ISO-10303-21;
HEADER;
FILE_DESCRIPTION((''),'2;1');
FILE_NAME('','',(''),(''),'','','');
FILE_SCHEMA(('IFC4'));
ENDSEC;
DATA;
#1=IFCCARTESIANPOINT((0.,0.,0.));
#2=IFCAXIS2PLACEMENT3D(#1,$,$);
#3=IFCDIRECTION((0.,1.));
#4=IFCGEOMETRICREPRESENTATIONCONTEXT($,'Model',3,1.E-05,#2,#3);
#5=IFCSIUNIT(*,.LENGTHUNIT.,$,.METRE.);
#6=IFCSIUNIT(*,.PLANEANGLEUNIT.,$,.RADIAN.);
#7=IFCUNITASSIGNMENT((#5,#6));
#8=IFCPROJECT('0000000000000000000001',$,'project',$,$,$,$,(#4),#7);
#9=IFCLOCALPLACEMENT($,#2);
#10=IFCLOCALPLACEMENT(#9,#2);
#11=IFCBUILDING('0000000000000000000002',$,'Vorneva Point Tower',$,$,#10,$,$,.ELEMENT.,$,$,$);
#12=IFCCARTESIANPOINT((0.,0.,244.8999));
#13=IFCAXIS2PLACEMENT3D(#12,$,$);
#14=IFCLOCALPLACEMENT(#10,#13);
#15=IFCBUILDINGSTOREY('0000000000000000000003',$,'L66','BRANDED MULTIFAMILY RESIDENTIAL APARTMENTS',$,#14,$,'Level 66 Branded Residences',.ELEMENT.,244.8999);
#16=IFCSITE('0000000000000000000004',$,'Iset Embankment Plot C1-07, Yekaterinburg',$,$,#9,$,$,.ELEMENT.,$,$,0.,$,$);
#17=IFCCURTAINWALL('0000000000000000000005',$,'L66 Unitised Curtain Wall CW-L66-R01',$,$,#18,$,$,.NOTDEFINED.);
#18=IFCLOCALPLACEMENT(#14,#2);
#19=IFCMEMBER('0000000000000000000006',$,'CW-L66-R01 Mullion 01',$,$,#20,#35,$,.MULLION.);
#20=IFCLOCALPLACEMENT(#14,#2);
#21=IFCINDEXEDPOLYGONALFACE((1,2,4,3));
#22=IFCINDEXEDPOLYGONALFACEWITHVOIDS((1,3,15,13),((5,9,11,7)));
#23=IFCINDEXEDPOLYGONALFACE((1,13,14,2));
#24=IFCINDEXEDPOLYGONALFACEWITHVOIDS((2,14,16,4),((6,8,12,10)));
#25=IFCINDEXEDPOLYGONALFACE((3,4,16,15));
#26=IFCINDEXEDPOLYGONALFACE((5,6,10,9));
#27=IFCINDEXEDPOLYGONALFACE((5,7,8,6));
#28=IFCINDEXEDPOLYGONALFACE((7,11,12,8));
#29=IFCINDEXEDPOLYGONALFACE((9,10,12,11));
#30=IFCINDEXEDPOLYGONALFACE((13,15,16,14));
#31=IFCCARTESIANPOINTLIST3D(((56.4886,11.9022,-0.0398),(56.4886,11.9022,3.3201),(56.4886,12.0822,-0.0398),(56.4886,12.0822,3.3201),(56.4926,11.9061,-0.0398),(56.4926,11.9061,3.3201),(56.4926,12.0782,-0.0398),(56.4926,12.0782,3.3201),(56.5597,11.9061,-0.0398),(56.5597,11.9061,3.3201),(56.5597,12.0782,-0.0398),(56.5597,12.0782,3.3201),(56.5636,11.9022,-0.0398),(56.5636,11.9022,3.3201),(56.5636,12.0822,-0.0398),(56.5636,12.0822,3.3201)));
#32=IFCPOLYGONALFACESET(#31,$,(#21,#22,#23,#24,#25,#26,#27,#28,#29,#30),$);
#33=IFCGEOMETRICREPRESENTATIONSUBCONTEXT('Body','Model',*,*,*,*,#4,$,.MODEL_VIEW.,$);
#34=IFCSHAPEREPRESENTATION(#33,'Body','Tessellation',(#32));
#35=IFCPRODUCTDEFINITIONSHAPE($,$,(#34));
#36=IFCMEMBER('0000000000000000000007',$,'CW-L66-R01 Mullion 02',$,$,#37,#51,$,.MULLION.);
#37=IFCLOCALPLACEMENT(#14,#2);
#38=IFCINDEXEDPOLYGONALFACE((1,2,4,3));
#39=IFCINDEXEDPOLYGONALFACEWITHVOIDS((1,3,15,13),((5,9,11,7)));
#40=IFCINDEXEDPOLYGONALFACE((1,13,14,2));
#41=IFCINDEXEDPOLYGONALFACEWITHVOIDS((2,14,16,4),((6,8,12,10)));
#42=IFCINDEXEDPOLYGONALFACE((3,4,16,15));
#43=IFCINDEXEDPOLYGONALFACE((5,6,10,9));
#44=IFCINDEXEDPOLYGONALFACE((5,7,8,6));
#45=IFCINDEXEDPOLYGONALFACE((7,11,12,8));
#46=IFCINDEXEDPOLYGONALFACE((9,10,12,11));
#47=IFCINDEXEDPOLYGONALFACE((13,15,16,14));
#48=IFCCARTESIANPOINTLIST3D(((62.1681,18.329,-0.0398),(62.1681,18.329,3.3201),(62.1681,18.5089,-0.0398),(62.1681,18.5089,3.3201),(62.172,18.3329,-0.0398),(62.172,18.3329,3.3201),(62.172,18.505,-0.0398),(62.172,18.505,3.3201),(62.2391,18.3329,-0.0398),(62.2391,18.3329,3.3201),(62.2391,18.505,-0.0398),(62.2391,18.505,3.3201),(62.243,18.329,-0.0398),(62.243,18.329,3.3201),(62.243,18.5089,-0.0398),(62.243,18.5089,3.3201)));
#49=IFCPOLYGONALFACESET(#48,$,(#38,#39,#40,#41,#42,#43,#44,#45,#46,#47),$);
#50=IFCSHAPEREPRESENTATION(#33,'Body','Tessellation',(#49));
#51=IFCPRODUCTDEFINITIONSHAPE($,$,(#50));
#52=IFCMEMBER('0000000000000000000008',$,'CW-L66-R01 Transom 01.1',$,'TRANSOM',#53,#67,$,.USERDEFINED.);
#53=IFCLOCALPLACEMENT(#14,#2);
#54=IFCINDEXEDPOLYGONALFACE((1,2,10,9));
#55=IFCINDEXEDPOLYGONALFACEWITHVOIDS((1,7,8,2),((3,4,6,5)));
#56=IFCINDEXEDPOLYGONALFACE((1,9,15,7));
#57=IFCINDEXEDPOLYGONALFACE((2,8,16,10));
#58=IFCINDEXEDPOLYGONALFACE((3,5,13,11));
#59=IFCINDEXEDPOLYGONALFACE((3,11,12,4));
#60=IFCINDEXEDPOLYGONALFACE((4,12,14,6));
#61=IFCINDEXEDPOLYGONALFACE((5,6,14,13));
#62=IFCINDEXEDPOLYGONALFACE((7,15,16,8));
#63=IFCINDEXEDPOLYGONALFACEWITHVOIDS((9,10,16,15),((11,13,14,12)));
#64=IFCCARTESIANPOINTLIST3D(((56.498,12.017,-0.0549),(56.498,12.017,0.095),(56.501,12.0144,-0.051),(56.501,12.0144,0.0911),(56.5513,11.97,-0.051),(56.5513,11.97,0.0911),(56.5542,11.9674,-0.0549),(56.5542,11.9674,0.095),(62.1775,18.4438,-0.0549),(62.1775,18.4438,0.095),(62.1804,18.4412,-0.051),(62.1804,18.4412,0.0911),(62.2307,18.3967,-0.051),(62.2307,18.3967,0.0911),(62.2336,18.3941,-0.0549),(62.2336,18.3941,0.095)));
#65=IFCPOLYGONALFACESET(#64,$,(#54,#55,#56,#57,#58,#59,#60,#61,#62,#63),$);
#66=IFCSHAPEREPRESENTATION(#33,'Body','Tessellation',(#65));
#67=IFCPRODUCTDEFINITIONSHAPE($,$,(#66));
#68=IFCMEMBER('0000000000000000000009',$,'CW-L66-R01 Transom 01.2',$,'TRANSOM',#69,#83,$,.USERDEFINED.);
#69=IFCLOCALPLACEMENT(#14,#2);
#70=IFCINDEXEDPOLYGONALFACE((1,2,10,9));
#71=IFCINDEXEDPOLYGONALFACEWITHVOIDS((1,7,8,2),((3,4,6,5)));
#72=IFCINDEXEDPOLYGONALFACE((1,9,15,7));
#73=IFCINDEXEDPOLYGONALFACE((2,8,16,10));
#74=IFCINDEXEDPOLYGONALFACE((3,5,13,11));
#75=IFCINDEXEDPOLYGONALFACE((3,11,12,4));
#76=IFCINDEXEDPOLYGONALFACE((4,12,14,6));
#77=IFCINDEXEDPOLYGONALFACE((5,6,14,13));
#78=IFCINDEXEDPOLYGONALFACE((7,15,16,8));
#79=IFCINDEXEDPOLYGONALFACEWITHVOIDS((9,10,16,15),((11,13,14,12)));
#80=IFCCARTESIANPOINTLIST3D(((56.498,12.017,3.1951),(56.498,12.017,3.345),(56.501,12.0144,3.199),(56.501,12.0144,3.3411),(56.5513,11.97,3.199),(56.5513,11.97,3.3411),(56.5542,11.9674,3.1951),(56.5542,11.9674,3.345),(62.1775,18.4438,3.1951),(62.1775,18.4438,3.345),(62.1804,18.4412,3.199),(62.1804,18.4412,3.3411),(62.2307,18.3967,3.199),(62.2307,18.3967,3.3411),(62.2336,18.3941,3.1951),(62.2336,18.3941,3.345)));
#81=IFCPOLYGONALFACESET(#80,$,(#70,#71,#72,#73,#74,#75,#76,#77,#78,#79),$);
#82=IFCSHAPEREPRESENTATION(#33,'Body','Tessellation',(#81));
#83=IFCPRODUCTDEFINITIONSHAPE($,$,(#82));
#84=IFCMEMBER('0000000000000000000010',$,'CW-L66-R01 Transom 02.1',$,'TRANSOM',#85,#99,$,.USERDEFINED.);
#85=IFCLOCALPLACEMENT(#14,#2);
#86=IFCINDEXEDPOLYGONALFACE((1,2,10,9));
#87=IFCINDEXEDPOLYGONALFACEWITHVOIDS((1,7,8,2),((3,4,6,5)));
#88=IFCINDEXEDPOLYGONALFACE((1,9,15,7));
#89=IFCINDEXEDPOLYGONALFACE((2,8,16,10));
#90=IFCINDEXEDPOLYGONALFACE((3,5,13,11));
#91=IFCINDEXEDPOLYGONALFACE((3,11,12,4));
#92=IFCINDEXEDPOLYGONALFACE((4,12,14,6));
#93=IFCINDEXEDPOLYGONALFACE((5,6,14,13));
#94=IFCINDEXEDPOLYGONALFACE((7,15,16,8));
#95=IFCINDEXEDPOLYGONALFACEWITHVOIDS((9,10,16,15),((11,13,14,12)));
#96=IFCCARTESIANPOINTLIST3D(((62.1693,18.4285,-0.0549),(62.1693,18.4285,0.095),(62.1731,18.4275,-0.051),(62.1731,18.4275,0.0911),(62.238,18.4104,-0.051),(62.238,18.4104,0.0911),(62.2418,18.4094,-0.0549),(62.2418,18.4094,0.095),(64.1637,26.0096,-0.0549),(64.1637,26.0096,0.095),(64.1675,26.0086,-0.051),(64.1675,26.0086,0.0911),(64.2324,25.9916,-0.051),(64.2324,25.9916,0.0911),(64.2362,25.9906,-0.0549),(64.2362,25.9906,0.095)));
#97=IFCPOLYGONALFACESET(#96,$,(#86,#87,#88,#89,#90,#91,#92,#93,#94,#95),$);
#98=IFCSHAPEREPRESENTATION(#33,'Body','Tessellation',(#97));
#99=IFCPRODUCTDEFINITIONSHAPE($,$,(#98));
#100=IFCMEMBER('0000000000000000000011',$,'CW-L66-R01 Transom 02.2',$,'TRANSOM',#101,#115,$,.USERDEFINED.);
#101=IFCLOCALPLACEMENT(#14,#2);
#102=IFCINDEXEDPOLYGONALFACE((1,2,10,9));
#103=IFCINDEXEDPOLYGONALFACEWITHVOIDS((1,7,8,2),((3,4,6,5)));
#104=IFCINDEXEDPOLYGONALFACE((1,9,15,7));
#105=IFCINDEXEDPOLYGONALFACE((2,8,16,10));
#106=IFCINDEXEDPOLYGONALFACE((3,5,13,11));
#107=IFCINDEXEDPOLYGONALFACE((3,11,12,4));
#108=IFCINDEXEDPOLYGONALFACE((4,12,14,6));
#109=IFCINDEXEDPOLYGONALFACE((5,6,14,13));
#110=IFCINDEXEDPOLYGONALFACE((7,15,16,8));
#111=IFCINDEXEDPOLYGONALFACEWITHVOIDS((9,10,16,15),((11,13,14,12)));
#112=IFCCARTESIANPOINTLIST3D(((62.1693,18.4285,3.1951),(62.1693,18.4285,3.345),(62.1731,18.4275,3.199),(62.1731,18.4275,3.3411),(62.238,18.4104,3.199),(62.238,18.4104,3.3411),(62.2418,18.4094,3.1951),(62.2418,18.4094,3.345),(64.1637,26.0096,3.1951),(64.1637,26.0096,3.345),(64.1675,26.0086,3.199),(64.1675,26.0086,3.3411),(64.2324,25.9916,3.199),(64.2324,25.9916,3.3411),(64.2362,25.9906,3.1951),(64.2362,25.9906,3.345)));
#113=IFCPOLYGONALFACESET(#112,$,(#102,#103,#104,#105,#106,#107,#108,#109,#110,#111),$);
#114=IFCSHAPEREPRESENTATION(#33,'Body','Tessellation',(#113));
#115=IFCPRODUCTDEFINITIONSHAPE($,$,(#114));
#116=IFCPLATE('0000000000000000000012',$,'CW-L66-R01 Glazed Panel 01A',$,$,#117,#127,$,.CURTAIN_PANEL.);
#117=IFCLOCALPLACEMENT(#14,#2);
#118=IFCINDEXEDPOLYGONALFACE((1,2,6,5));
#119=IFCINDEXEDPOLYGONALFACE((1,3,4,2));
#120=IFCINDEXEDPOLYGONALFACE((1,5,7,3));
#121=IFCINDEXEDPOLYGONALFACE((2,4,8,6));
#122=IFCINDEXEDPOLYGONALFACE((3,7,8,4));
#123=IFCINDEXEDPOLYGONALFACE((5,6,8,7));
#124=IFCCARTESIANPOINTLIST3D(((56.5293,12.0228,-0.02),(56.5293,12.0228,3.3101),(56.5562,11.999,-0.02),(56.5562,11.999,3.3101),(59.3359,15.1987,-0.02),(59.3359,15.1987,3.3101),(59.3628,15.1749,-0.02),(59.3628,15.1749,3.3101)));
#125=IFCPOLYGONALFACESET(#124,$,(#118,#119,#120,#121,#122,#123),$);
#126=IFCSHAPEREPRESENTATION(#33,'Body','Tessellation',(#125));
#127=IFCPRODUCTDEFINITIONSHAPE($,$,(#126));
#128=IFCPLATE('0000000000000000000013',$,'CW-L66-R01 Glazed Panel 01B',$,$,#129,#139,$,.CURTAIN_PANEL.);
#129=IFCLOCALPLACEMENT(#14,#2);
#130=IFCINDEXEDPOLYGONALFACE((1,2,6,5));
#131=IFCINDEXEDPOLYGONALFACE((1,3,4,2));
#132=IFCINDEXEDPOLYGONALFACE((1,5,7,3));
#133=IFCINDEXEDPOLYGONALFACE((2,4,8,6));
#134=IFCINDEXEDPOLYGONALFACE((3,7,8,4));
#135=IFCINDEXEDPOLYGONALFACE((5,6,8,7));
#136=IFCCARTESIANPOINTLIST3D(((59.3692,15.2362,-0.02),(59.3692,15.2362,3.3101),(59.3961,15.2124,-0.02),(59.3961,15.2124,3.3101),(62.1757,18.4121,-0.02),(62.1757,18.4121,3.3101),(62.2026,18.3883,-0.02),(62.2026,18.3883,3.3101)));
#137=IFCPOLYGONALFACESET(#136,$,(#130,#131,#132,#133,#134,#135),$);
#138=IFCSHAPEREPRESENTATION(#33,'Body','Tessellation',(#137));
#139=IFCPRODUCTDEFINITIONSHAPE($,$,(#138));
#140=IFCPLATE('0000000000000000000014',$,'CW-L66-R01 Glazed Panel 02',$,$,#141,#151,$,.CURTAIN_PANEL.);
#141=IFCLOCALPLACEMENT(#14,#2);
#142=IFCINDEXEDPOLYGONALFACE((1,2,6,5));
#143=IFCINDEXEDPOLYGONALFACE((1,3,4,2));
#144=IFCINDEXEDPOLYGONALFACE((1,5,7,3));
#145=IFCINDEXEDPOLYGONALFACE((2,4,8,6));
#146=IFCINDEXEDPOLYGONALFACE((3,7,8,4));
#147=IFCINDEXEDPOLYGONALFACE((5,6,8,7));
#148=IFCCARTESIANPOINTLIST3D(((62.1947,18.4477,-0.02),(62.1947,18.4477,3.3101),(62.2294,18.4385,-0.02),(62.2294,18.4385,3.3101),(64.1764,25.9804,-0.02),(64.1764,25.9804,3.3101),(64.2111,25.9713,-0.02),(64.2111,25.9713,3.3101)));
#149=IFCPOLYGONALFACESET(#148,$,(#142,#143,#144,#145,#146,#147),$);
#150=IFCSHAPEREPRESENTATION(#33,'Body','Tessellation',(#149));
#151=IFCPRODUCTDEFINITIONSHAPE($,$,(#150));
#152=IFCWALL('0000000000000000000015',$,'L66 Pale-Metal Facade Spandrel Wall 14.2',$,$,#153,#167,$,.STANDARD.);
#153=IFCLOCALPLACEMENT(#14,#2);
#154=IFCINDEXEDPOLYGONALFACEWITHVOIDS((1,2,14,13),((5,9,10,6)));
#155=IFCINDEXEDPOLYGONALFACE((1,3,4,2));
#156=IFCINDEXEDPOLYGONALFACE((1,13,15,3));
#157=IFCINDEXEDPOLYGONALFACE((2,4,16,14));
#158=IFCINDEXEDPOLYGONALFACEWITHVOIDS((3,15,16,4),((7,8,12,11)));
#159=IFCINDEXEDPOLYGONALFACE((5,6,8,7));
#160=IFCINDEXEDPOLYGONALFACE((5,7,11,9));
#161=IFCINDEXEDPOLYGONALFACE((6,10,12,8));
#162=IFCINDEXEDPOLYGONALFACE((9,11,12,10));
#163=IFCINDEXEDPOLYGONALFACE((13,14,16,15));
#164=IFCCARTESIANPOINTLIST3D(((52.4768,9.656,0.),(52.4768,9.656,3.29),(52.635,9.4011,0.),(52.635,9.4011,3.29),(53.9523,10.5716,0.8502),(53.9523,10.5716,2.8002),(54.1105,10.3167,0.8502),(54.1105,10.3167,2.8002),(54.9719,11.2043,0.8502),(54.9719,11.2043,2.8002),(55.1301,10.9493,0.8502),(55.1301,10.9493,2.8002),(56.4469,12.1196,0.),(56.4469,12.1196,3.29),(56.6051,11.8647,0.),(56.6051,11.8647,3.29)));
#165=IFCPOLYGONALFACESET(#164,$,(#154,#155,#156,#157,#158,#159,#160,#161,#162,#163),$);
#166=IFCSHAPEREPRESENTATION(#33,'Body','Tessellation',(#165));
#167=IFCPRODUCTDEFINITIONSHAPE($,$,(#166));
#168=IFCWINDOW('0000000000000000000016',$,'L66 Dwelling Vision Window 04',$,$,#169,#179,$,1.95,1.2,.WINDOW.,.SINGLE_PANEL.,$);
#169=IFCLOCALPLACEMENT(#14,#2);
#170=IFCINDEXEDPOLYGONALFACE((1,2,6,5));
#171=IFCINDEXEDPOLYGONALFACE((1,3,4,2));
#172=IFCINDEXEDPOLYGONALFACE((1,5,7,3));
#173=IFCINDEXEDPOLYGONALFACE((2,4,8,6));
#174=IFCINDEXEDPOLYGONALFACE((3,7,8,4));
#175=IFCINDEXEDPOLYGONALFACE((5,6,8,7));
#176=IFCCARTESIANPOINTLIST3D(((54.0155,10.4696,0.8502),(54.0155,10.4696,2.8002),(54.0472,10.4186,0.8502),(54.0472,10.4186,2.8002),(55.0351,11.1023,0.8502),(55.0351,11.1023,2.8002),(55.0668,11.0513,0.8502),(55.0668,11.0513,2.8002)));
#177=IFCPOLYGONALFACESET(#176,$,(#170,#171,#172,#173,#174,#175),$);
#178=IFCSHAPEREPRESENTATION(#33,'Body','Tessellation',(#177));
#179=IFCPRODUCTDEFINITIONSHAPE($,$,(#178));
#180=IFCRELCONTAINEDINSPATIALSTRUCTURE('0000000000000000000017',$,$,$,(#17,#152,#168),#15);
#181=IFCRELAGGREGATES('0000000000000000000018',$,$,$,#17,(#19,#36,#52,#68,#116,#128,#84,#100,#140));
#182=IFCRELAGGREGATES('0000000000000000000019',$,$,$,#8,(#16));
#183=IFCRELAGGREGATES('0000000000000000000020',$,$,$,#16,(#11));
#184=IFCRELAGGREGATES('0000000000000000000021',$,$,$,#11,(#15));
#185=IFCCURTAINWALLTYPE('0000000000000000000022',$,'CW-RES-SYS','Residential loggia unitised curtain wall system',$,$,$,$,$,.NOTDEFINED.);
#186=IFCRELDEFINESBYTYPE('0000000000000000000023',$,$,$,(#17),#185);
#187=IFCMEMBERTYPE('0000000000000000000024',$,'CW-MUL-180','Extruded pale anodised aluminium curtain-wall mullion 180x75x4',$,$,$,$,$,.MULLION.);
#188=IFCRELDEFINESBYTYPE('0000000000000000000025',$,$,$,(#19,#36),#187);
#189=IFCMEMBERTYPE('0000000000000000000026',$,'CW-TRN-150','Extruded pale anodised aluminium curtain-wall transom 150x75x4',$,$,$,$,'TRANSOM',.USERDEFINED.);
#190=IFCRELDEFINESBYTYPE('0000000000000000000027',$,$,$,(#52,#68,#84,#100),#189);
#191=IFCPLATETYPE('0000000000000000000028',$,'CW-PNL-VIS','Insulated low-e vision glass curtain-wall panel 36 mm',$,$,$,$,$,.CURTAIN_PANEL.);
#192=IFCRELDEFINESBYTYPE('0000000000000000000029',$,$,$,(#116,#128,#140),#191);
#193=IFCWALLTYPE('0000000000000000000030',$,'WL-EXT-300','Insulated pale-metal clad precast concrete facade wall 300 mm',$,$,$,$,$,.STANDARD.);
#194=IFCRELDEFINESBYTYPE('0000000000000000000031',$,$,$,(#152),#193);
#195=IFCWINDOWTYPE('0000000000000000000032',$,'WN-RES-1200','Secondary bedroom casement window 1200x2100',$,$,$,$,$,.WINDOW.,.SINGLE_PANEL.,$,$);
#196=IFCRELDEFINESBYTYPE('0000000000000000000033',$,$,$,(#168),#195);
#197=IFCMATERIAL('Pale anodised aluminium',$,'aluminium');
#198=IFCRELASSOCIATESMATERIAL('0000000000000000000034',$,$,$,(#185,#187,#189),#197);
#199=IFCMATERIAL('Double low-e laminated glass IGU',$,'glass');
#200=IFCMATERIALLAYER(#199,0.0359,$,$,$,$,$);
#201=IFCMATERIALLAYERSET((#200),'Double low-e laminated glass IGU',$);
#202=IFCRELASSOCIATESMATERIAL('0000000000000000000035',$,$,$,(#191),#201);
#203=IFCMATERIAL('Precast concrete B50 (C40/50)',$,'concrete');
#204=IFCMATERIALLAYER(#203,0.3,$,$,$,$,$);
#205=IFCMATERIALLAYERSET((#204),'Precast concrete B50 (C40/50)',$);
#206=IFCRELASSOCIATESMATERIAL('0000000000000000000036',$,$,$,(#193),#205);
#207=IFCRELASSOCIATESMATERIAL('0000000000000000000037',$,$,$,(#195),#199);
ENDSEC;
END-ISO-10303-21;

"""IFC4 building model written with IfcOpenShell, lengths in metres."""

from ifc_helpers import new_model, si_unit, direction, frame, frame_2d, origin, origin_2d, place, context, subcontext, project, spatial, rectangle, hollow_rectangle, extrude, material, layer, layer_set, material_profile, profile_set, type_object, element, fill, aggregate, save


model = new_model("IFC4")

# Units and contexts
model_context = context("Model", 3, precision=1e-05, world=origin(), true_north=direction((0.0, 1.0)))
body_context = subcontext(model_context, "Body", "Model", "MODEL_VIEW")
ifc_project = project(units=[si_unit("LENGTHUNIT", "METRE"), si_unit("PLANEANGLEUNIT", "RADIAN")], contexts=[model_context])

# Site, building, storey
site_placement = place(None, origin())
site = spatial("IfcSite", under=ifc_project, at=site_placement, Name="Iset Embankment Plot C1-07, Yekaterinburg", CompositionType="ELEMENT", RefElevation=0.0)
building_placement = place(site_placement, origin())
building = spatial("IfcBuilding", under=site, at=building_placement, Name="Vorneva Point Tower", CompositionType="ELEMENT")
storey_placement = place(building_placement, frame((0.0, 0.0, 244.8999)))
storey = spatial("IfcBuildingStorey", under=building, at=storey_placement, Name="L66", Description="BRANDED MULTIFAMILY RESIDENTIAL APARTMENTS", LongName="Level 66 Branded Residences", CompositionType="ELEMENT", Elevation=244.8999)

# Curtain wall, members, plates
ifc_material_1 = material(Name="Pale anodised aluminium", Category="aluminium")
curtain_wall_type = type_object("IfcCurtainWallType", Name="CW-RES-SYS", Description="Residential loggia unitised curtain wall system", PredefinedType="NOTDEFINED", material=ifc_material_1)
curtain_wall_placement = place(storey_placement, origin())
curtain_wall = element("IfcCurtainWall", 1, at=curtain_wall_placement, inside=storey, type_object=curtain_wall_type, Name="L66 Unitised Curtain Wall CW-L66-R01", PredefinedType="NOTDEFINED")
ifc_material_profile_1 = material_profile(ifc_material_1, hollow_rectangle(XDim=0.075, YDim=0.1799, WallThickness=0.0039, at=origin_2d()), Name="AL-MUL 180x75x4")
ifc_profile_set_1 = profile_set([ifc_material_profile_1], Name="Pale anodised aluminium")
member_type_1 = type_object("IfcMemberType", Name="CW-MUL-180", Description="Extruded pale anodised aluminium curtain-wall mullion 180x75x4", PredefinedType="MULLION", material=ifc_profile_set_1)
member_1_placement = place(storey_placement, frame((56.5261, 11.9922, -0.0398), z_axis=(0.0, 0.0, 1.0), x_axis=(1.0, 0.0, 0.0)))
member_1 = element("IfcMember", 2, at=member_1_placement, type_object=member_type_1, Name="CW-L66-R01 Mullion 01", PredefinedType="MULLION", context=body_context, shape_type="SweptSolid", body=[
    extrude(hollow_rectangle(XDim=0.075, YDim=0.1799, WallThickness=0.0039, at=origin_2d()), origin(), (0.0, 0.0, 1.0), 3.3599),
])
member_2_placement = place(storey_placement, frame((62.2056, 18.4189, -0.0398), z_axis=(0.0, 0.0, 1.0), x_axis=(1.0, 0.0, 0.0)))
member_2 = element("IfcMember", 3, at=member_2_placement, type_object=member_type_1, Name="CW-L66-R01 Mullion 02", PredefinedType="MULLION", context=body_context, shape_type="SweptSolid", body=[
    extrude(hollow_rectangle(XDim=0.075, YDim=0.1799, WallThickness=0.0039, at=origin_2d()), origin(), (0.0, 0.0, 1.0), 3.3599),
])
ifc_material_profile_2 = material_profile(ifc_material_1, hollow_rectangle(XDim=0.075, YDim=0.1499, WallThickness=0.0039, at=origin_2d()), Name="AL-TRN 150x75x4")
ifc_profile_set_2 = profile_set([ifc_material_profile_2], Name="Pale anodised aluminium")
member_type_2 = type_object("IfcMemberType", Name="CW-TRN-150", Description="Extruded pale anodised aluminium curtain-wall transom 150x75x4", ElementType="TRANSOM", PredefinedType="USERDEFINED", material=ifc_profile_set_2)
member_3_placement = place(storey_placement, frame((56.5261, 11.9922, 0.02), z_axis=(0.662197, 0.74933, 0.0), x_axis=(-0.74933, 0.662197, 0.0)))
member_3 = element("IfcMember", 4, at=member_3_placement, type_object=member_type_2, Name="CW-L66-R01 Transom 01.1", ObjectType="TRANSOM", PredefinedType="USERDEFINED", context=body_context, shape_type="SweptSolid", body=[
    extrude(hollow_rectangle(XDim=0.075, YDim=0.1499, WallThickness=0.0039, at=origin_2d()), origin(), (0.0, 0.0, 1.0), 8.5767),
])
member_4_placement = place(storey_placement, frame((56.5261, 11.9922, 3.27), z_axis=(0.662197, 0.74933, 0.0), x_axis=(-0.74933, 0.662197, 0.0)))
member_4 = element("IfcMember", 5, at=member_4_placement, type_object=member_type_2, Name="CW-L66-R01 Transom 01.2", ObjectType="TRANSOM", PredefinedType="USERDEFINED", context=body_context, shape_type="SweptSolid", body=[
    extrude(hollow_rectangle(XDim=0.075, YDim=0.1499, WallThickness=0.0039, at=origin_2d()), origin(), (0.0, 0.0, 1.0), 8.5767),
])
member_5_placement = place(storey_placement, frame((62.2056, 18.4189, 0.02), z_axis=(0.254418, 0.967094, 0.0), x_axis=(-0.967094, 0.254418, 0.0)))
member_5 = element("IfcMember", 6, at=member_5_placement, type_object=member_type_2, Name="CW-L66-R01 Transom 02.1", ObjectType="TRANSOM", PredefinedType="USERDEFINED", context=body_context, shape_type="SweptSolid", body=[
    extrude(hollow_rectangle(XDim=0.075, YDim=0.1499, WallThickness=0.0039, at=origin_2d()), origin(), (0.0, 0.0, 1.0), 7.8391),
])
member_6_placement = place(storey_placement, frame((62.2056, 18.4189, 3.27), z_axis=(0.254418, 0.967094, 0.0), x_axis=(-0.967094, 0.254418, 0.0)))
member_6 = element("IfcMember", 7, at=member_6_placement, type_object=member_type_2, Name="CW-L66-R01 Transom 02.2", ObjectType="TRANSOM", PredefinedType="USERDEFINED", context=body_context, shape_type="SweptSolid", body=[
    extrude(hollow_rectangle(XDim=0.075, YDim=0.1499, WallThickness=0.0039, at=origin_2d()), origin(), (0.0, 0.0, 1.0), 7.8391),
])
ifc_material_2 = material(Name="Double low-e laminated glass IGU", Category="glass")
ifc_layer_1 = layer(ifc_material_2, 0.0359)
ifc_layer_set_1 = layer_set([ifc_layer_1], Name="Double low-e laminated glass IGU")
plate_type = type_object("IfcPlateType", Name="CW-PNL-VIS", Description="Insulated low-e vision glass curtain-wall panel 36 mm", PredefinedType="CURTAIN_PANEL", material=ifc_layer_set_1)
plate_1_placement = place(storey_placement, frame((57.946, 13.5989, -0.02), z_axis=(0.0, 0.0, 1.0), x_axis=(0.662189, 0.749337, 0.0)))
plate_1 = element("IfcPlate", 8, at=plate_1_placement, type_object=plate_type, Name="CW-L66-R01 Glazed Panel 01A", PredefinedType="CURTAIN_PANEL", context=body_context, shape_type="SweptSolid", body=[
    extrude(rectangle(XDim=4.2383, YDim=0.0359, at=origin_2d()), origin(), (0.0, 0.0, 1.0), 3.3301),
])
plate_2_placement = place(storey_placement, frame((60.7859, 16.8123, -0.02), z_axis=(0.0, 0.0, 1.0), x_axis=(0.662189, 0.749337, 0.0)))
plate_2 = element("IfcPlate", 9, at=plate_2_placement, type_object=plate_type, Name="CW-L66-R01 Glazed Panel 01B", PredefinedType="CURTAIN_PANEL", context=body_context, shape_type="SweptSolid", body=[
    extrude(rectangle(XDim=4.2383, YDim=0.0359, at=origin_2d()), origin(), (0.0, 0.0, 1.0), 3.3301),
])
plate_3_placement = place(storey_placement, frame((63.2029, 22.2095, -0.02), z_axis=(0.0, 0.0, 1.0), x_axis=(0.254416, 0.967095, 0.0)))
plate_3 = element("IfcPlate", 10, at=plate_3_placement, type_object=plate_type, Name="CW-L66-R01 Glazed Panel 02", PredefinedType="CURTAIN_PANEL", context=body_context, shape_type="SweptSolid", body=[
    extrude(rectangle(XDim=7.7891, YDim=0.0359, at=origin_2d()), origin(), (0.0, 0.0, 1.0), 3.3301),
])
aggregate(curtain_wall, [member_1, member_2, member_3, member_4, plate_1, plate_2, member_5, member_6, plate_3])

# Wall, opening, window
ifc_material_3 = material(Name="Precast concrete B50 (C40/50)", Category="concrete")
ifc_layer_2 = layer(ifc_material_3, 0.3)
ifc_layer_set_2 = layer_set([ifc_layer_2], Name="Precast concrete B50 (C40/50)")
wall_type_1 = type_object("IfcWallType", Name="WL-EXT-300", Description="Insulated pale-metal clad precast concrete facade wall 300 mm", PredefinedType="STANDARD", material=ifc_layer_set_2)
wall_1_placement = place(storey_placement, frame((52.5559, 9.5286, 0.0), z_axis=(0.0, 0.0, 1.0), x_axis=(0.849702, 0.527263, 0.0)))
wall_1 = element("IfcWall", 11, at=wall_1_placement, inside=storey, type_object=wall_type_1, Name="L66 Pale-Metal Facade Spandrel Wall 14.2", PredefinedType="STANDARD", context=body_context, shape_type="SweptSolid", body=[
    extrude(rectangle(XDim=4.6724, YDim=0.3, at=frame_2d((2.3362, 0.0))), origin(), (0.0, 0.0, 1.0), 3.29),
])
opening_placement = place(wall_1_placement, frame((1.7363, 0.0, 0.8501)))
opening = element("IfcOpeningElement", 12, at=opening_placement, cuts=wall_1, PredefinedType="OPENING", context=body_context, shape_type="SweptSolid", body=[
    extrude(rectangle(XDim=1.2, YDim=1.95, at=frame_2d((0.6001, 0.9751))), frame((0.0, 0.165, 0.0), z_axis=(0.0, -1.0, 0.0), x_axis=(1.0, 0.0, 0.0)), (0.0, 0.0, 1.0), 0.3298),
])
window_type = type_object("IfcWindowType", Name="WN-RES-1200", Description="Secondary bedroom casement window 1200x2100", PartitioningType="SINGLE_PANEL", PredefinedType="WINDOW", material=ifc_material_2)
window_placement = place(opening_placement, origin())
window = element("IfcWindow", 13, at=window_placement, inside=storey, type_object=window_type, Name="L66 Dwelling Vision Window 04", OverallHeight=1.95, OverallWidth=1.2, PartitioningType="SINGLE_PANEL", PredefinedType="WINDOW", context=body_context, shape_type="SweptSolid", body=[
    extrude(rectangle(XDim=1.2, YDim=1.95, at=frame_2d((0.6001, 0.9751))), frame((0.0, 0.03, 0.0), z_axis=(0.0, -1.0, 0.0), x_axis=(1.0, 0.0, 0.0)), (0.0, 0.0, 1.0), 0.0601),
])
fill(opening, window)

save(model, "model.ifc")
